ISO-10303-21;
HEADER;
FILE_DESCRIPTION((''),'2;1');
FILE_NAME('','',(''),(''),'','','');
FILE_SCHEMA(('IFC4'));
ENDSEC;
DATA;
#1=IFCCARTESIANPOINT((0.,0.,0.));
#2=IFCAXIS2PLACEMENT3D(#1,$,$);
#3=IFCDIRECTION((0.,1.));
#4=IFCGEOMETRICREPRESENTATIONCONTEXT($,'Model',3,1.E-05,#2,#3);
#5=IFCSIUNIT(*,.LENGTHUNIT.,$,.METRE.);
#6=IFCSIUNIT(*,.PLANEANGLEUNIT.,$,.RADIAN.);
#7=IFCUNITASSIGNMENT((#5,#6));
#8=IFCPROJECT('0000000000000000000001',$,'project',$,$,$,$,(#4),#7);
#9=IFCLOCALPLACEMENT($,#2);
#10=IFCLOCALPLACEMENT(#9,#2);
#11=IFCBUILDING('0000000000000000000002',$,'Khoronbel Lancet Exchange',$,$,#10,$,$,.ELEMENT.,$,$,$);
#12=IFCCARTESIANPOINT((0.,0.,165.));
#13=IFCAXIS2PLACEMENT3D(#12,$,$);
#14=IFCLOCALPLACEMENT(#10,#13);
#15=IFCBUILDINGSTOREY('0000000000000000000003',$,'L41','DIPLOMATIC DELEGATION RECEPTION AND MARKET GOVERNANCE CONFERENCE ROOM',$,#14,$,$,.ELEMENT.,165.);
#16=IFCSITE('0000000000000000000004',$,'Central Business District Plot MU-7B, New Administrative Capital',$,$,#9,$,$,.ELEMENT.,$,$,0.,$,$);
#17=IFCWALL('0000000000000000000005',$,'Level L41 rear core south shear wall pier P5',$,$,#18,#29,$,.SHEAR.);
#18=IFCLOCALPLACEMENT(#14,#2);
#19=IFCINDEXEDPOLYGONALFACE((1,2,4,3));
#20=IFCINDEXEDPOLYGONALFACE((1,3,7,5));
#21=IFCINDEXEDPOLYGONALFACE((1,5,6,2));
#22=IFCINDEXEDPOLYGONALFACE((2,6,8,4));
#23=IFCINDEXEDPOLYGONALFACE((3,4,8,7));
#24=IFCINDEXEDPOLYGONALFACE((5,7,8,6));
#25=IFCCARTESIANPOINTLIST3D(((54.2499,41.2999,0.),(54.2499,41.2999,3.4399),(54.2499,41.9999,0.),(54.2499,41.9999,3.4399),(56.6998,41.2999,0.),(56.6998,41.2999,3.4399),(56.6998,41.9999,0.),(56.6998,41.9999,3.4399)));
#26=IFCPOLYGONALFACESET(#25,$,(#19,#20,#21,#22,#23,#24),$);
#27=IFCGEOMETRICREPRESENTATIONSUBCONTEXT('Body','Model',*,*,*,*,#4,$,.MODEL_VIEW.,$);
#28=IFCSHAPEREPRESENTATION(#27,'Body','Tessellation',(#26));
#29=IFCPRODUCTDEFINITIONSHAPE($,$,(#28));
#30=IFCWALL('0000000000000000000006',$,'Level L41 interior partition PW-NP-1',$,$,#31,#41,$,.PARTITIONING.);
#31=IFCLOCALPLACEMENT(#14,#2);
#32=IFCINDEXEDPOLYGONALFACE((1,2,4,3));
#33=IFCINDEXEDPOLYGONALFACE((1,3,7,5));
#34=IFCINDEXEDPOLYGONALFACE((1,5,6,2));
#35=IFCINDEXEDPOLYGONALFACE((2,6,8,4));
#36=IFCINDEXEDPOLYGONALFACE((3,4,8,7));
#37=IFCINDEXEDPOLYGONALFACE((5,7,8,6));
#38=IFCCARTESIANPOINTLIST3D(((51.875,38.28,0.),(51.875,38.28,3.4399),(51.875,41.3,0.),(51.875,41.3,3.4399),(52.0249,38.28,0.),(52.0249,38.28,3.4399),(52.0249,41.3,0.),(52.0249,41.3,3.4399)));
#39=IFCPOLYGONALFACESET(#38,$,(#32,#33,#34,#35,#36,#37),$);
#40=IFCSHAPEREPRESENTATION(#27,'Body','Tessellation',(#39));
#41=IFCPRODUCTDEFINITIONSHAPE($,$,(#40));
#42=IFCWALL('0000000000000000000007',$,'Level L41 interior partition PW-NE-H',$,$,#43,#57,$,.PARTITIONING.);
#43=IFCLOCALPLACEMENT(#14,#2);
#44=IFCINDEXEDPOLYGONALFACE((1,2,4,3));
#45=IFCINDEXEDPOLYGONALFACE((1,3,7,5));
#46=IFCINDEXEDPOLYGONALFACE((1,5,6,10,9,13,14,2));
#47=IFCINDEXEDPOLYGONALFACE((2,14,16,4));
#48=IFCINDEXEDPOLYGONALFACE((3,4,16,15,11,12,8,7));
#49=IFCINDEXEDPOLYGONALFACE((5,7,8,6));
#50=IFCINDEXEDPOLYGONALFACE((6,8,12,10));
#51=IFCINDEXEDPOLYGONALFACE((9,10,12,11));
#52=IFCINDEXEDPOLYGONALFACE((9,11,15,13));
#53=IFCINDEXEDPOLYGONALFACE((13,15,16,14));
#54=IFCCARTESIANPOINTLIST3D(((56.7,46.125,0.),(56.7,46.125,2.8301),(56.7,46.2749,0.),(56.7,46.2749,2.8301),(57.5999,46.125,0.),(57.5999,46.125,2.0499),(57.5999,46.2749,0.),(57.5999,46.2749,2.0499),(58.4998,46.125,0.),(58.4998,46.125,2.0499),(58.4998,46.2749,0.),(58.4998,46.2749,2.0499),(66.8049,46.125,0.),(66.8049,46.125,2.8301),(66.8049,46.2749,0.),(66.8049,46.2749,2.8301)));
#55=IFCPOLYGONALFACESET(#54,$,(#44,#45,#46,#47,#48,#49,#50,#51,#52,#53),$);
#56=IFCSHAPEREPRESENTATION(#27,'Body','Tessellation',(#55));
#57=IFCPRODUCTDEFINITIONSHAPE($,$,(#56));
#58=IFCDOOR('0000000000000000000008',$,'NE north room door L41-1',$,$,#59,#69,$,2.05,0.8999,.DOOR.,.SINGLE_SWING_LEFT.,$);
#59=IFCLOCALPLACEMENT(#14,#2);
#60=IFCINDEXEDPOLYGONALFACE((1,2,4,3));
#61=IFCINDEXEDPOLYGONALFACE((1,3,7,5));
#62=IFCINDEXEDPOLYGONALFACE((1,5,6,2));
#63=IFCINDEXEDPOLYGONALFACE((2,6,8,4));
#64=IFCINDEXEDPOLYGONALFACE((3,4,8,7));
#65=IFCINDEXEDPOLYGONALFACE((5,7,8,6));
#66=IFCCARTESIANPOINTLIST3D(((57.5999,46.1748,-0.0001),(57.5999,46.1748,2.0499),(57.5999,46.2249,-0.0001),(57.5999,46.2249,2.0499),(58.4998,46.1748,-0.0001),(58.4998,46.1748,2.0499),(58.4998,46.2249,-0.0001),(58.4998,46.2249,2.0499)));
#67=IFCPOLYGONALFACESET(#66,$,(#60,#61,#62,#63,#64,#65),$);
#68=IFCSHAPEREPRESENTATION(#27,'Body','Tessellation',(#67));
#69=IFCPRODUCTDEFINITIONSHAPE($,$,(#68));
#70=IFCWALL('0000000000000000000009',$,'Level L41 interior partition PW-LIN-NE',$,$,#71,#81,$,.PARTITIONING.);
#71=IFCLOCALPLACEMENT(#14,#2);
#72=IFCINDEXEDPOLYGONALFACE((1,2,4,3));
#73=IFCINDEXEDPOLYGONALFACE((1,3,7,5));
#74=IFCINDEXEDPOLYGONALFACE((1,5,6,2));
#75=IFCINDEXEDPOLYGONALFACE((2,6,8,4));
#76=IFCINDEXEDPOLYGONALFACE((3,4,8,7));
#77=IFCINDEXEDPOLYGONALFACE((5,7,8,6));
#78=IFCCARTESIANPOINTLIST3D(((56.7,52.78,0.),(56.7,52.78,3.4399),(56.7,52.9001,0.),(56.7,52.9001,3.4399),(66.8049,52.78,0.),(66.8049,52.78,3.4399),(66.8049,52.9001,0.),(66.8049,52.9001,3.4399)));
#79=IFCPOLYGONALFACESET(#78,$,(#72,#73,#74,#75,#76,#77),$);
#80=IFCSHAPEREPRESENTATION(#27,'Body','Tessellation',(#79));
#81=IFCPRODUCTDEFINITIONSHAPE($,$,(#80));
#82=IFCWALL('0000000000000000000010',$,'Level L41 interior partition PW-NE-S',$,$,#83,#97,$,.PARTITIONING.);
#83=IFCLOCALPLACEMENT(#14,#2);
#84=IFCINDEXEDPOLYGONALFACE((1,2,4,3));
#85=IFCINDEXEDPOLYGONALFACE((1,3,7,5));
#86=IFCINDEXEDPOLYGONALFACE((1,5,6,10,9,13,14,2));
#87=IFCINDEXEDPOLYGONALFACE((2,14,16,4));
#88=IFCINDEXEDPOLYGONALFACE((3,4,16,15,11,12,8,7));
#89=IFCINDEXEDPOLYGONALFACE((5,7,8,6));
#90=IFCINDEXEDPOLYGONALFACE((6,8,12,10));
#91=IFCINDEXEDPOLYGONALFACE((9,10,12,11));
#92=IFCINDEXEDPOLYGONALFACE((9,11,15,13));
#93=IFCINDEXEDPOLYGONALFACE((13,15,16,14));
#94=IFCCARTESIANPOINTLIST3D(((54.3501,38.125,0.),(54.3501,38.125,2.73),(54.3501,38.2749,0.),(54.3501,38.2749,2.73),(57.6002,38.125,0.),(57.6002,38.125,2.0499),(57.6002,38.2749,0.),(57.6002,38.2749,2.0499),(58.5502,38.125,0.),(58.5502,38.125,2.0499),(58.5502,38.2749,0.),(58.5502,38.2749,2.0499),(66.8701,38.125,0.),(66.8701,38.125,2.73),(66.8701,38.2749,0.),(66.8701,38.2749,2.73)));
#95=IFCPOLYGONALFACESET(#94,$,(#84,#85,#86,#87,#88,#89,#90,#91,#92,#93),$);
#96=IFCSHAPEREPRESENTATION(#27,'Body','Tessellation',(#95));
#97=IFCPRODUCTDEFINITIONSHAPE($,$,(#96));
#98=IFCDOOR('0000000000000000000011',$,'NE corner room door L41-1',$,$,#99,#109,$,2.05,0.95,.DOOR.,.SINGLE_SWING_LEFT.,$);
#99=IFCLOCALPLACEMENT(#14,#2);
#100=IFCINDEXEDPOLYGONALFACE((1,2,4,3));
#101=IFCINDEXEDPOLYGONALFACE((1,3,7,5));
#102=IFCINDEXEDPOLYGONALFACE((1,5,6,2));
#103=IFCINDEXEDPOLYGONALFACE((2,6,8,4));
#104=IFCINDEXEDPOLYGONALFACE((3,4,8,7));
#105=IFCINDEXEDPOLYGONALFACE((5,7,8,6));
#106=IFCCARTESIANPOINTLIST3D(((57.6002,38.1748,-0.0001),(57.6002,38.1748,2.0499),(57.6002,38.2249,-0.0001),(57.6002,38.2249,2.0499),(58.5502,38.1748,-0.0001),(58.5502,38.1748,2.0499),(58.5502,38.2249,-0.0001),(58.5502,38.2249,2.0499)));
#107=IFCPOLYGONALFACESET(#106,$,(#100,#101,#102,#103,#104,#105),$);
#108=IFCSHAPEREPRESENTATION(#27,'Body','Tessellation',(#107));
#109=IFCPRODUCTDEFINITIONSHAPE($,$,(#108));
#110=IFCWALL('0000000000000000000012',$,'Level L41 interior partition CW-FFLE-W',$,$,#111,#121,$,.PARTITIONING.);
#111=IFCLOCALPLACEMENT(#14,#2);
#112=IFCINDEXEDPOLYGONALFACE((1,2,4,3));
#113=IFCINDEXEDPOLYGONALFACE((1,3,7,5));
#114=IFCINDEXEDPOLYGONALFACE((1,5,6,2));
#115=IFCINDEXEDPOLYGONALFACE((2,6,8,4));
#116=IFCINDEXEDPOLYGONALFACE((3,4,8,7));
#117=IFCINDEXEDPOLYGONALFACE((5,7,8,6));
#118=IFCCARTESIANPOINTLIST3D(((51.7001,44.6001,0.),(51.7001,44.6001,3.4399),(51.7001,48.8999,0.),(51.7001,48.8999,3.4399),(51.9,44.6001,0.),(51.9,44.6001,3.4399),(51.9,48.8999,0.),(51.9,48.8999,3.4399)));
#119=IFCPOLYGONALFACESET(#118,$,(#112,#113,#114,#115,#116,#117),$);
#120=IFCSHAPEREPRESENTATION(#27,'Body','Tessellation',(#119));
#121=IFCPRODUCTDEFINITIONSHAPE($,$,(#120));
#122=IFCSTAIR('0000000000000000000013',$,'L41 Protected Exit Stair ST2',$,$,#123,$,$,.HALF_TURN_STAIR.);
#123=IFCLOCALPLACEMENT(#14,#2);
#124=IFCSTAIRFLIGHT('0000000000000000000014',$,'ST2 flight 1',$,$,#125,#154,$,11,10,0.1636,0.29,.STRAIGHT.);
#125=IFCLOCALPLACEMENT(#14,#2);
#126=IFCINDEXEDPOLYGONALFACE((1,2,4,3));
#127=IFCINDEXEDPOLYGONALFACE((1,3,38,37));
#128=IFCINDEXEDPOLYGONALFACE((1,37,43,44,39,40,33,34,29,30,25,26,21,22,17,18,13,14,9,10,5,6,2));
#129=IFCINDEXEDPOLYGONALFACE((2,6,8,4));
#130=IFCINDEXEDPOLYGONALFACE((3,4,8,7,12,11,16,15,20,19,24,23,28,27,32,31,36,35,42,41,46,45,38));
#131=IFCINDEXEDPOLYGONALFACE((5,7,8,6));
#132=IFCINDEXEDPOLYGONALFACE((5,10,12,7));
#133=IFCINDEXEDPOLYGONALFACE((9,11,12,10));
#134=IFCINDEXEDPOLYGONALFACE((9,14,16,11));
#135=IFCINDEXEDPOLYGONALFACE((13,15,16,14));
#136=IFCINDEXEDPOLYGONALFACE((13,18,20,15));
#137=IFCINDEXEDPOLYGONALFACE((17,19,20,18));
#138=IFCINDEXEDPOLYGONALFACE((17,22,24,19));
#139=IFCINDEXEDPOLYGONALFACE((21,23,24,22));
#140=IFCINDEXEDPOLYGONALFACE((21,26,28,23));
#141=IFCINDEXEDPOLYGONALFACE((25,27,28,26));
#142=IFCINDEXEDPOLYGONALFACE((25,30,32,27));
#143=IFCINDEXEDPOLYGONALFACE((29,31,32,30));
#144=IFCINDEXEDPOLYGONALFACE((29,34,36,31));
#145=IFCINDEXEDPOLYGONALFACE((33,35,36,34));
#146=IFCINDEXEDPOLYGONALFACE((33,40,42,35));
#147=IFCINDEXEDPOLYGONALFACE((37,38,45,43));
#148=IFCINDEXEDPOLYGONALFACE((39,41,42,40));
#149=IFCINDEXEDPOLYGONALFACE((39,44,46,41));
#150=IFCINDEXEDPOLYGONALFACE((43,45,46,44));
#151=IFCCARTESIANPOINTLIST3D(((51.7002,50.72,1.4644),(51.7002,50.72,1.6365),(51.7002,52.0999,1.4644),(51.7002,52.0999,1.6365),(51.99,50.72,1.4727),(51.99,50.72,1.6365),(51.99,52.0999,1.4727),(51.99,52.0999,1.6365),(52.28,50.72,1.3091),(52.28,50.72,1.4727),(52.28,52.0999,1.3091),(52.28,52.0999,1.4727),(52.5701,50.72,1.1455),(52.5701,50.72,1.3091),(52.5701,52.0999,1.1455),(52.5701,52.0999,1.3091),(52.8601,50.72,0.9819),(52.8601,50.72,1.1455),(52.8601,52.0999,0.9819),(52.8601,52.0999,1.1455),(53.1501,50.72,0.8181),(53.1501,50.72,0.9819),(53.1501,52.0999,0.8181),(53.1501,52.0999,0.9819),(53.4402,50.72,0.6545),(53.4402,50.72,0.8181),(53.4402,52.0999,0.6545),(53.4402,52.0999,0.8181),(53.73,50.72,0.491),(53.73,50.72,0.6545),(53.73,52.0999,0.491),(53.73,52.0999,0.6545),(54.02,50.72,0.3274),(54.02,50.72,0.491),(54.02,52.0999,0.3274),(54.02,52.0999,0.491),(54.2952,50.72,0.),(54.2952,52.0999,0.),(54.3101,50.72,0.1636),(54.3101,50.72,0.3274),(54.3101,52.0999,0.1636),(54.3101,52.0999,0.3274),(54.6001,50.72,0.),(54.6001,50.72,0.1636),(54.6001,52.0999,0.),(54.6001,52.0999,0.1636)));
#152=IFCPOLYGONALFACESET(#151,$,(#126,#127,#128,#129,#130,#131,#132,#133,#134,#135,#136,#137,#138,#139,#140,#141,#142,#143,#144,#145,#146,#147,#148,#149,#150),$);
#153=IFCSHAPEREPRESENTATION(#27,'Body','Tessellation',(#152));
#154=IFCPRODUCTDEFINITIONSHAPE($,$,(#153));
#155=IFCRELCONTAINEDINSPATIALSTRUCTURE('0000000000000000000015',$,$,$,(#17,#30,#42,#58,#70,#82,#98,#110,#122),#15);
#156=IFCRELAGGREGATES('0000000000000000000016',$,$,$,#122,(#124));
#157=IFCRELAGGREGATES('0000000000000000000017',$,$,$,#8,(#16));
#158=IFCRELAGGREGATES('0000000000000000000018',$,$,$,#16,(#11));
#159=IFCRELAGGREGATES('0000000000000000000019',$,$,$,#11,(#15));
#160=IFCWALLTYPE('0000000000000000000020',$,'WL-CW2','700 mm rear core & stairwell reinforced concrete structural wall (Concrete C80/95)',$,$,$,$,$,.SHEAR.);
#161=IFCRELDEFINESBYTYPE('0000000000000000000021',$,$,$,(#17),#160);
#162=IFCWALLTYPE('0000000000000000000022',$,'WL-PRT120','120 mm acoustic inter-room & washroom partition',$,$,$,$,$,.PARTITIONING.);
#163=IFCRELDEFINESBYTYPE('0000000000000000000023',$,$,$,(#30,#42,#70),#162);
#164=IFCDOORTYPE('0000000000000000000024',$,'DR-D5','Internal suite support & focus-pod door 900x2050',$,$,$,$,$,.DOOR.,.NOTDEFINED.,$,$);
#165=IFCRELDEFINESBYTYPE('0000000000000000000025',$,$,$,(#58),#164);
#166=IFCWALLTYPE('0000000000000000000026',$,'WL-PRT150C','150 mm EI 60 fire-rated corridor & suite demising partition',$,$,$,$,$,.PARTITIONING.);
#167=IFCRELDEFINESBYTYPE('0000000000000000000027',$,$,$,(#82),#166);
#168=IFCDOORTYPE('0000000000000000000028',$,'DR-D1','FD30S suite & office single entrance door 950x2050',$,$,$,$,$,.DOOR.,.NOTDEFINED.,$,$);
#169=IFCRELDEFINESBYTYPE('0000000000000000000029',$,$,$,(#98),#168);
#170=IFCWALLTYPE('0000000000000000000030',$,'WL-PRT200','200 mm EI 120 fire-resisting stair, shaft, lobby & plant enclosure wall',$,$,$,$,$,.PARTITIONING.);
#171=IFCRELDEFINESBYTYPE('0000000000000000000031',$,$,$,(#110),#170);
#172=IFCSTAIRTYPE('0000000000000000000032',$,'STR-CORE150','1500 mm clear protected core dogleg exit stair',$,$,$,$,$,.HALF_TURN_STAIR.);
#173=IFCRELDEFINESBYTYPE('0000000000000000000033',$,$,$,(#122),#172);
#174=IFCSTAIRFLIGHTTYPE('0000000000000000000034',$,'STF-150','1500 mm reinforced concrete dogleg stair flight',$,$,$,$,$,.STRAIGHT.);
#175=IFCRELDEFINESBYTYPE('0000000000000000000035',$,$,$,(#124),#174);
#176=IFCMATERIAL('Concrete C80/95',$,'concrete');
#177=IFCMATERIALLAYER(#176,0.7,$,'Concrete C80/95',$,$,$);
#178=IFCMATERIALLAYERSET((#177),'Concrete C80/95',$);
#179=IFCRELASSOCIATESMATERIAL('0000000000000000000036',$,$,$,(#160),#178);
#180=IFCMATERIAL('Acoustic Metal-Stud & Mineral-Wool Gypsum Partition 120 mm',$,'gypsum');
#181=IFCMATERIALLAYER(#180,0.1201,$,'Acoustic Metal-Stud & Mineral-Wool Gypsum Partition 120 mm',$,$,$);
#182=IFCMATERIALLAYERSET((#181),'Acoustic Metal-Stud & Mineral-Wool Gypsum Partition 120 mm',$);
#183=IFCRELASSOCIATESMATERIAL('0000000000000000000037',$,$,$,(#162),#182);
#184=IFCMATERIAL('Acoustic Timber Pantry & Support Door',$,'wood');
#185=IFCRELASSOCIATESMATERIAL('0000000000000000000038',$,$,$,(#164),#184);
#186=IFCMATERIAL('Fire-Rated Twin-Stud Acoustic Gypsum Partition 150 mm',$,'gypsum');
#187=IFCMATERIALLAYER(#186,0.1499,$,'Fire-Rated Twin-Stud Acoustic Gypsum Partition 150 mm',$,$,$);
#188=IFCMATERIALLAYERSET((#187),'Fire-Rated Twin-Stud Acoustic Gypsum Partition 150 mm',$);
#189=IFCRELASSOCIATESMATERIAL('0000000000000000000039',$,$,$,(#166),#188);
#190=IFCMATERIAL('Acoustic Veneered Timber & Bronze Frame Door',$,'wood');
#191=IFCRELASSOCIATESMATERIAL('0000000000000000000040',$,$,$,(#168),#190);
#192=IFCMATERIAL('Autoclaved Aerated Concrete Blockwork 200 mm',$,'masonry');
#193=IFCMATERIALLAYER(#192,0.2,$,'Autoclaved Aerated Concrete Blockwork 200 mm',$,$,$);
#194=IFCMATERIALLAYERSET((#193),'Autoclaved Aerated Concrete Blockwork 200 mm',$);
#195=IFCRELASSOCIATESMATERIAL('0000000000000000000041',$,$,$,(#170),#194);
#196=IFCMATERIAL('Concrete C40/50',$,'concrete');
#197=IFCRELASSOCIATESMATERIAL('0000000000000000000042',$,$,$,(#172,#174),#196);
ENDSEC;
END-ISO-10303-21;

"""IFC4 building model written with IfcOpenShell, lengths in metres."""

from ifc_helpers import new_model, si_unit, direction, frame, frame_2d, origin, place, context, subcontext, project, spatial, polyline, rectangle, outline, extrude, material, layer, layer_set, type_object, element, fill, aggregate, save


model = new_model("IFC4")

# Units and contexts
model_context = context("Model", 3, precision=1e-05, world=origin(), true_north=direction((0.0, 1.0)))
body_context = subcontext(model_context, "Body", "Model", "MODEL_VIEW")
ifc_project = project(units=[si_unit("LENGTHUNIT", "METRE"), si_unit("PLANEANGLEUNIT", "RADIAN")], contexts=[model_context])

# Site, building, storey
site_placement = place(None, origin())
site = spatial("IfcSite", under=ifc_project, at=site_placement, Name="Central Business District Plot MU-7B, New Administrative Capital", CompositionType="ELEMENT", RefElevation=0.0)
building_placement = place(site_placement, origin())
building = spatial("IfcBuilding", under=site, at=building_placement, Name="Khoronbel Lancet Exchange", CompositionType="ELEMENT")
storey_placement = place(building_placement, frame((0.0, 0.0, 165.0)))
storey = spatial("IfcBuildingStorey", under=building, at=storey_placement, Name="L41", Description="DIPLOMATIC DELEGATION RECEPTION AND MARKET GOVERNANCE CONFERENCE ROOM", CompositionType="ELEMENT", Elevation=165.0)

# Shared definitions
ifc_material_1 = material(Name="Concrete C80/95", Category="concrete")

# Walls
ifc_layer_1 = layer(ifc_material_1, 0.7, Name="Concrete C80/95")
ifc_layer_set_1 = layer_set([ifc_layer_1], Name="Concrete C80/95")
wall_type_1 = type_object("IfcWallType", Name="WL-CW2", Description="700 mm rear core & stairwell reinforced concrete structural wall (Concrete C80/95)", PredefinedType="SHEAR", material=ifc_layer_set_1)
wall_1_placement = place(storey_placement, frame((56.7, 41.6499, 0.0), z_axis=(0.0, 0.0, 1.0), x_axis=(-1.0, 0.0, 0.0)))
element("IfcWall", 1, at=wall_1_placement, inside=storey, type_object=wall_type_1, Name="Level L41 rear core south shear wall pier P5", PredefinedType="SHEAR", context=body_context, shape_type="SweptSolid", body=[
    extrude(rectangle(XDim=2.45, YDim=0.7, at=frame_2d((1.2251, 0.0))), origin(), (0.0, 0.0, 1.0), 3.4399),
])
ifc_material_2 = material(Name="Acoustic Metal-Stud & Mineral-Wool Gypsum Partition 120 mm", Category="gypsum")
ifc_layer_2 = layer(ifc_material_2, 0.1201, Name="Acoustic Metal-Stud & Mineral-Wool Gypsum Partition 120 mm")
ifc_layer_set_2 = layer_set([ifc_layer_2], Name="Acoustic Metal-Stud & Mineral-Wool Gypsum Partition 120 mm")
wall_type_2 = type_object("IfcWallType", Name="WL-PRT120", Description="120 mm acoustic inter-room & washroom partition", PredefinedType="PARTITIONING", material=ifc_layer_set_2)
wall_2_placement = place(storey_placement, frame((51.95, 38.28, 0.0), z_axis=(0.0, 0.0, 1.0), x_axis=(0.0, 1.0, 0.0)))
element("IfcWall", 2, at=wall_2_placement, inside=storey, type_object=wall_type_2, Name="Level L41 interior partition PW-NP-1", PredefinedType="PARTITIONING", context=body_context, shape_type="SweptSolid", body=[
    extrude(rectangle(XDim=3.02, YDim=0.1499, at=frame_2d((1.51, 0.0))), origin(), (0.0, 0.0, 1.0), 3.4399),
])

# Wall, opening, door
wall_3_placement = place(storey_placement, frame((56.7, 46.2, 0.0), z_axis=(0.0, 0.0, 1.0), x_axis=(1.0, 0.0, 0.0)))
wall_3 = element("IfcWall", 3, at=wall_3_placement, inside=storey, type_object=wall_type_2, Name="Level L41 interior partition PW-NE-H", PredefinedType="PARTITIONING", context=body_context, shape_type="SweptSolid", body=[
    extrude(rectangle(XDim=10.105, YDim=0.1499, at=frame_2d((5.0525, 0.0))), origin(), (0.0, 0.0, 1.0), 2.8301),
])
opening_1_placement = place(wall_3_placement, frame((0.8999, 0.0, 0.0)))
opening_1 = element("IfcOpeningElement", 4, at=opening_1_placement, cuts=wall_3, PredefinedType="OPENING", context=body_context, shape_type="SweptSolid", body=[
    extrude(rectangle(XDim=0.8999, YDim=2.05, at=frame_2d((0.45, 1.0249))), frame((0.0, 0.085, 0.0), z_axis=(0.0, -1.0, 0.0), x_axis=(1.0, 0.0, 0.0)), (0.0, 0.0, 1.0), 0.1699),
])
ifc_material_3 = material(Name="Acoustic Timber Pantry & Support Door", Category="wood")
door_type_1 = type_object("IfcDoorType", Name="DR-D5", Description="Internal suite support & focus-pod door 900x2050", OperationType="NOTDEFINED", PredefinedType="DOOR", material=ifc_material_3)
door_1_placement = place(opening_1_placement, origin())
door_1 = element("IfcDoor", 5, at=door_1_placement, inside=storey, type_object=door_type_1, Name="NE north room door L41-1", OperationType="SINGLE_SWING_LEFT", OverallHeight=2.05, OverallWidth=0.8999, PredefinedType="DOOR", context=body_context, shape_type="SweptSolid", body=[
    extrude(rectangle(XDim=0.8999, YDim=2.05, at=frame_2d((0.45, 1.0249))), frame((0.0, 0.0249, 0.0), z_axis=(0.0, -1.0, 0.0), x_axis=(1.0, 0.0, 0.0)), (0.0, 0.0, 1.0), 0.05),
])
fill(opening_1, door_1)

# Wall
wall_4_placement = place(storey_placement, frame((56.7, 52.8401, 0.0), z_axis=(0.0, 0.0, 1.0), x_axis=(1.0, 0.0, 0.0)))
element("IfcWall", 6, at=wall_4_placement, inside=storey, type_object=wall_type_2, Name="Level L41 interior partition PW-LIN-NE", PredefinedType="PARTITIONING", context=body_context, shape_type="SweptSolid", body=[
    extrude(rectangle(XDim=10.105, YDim=0.1201, at=frame_2d((5.0525, 0.0))), origin(), (0.0, 0.0, 1.0), 3.4399),
])

# Wall, opening, door
ifc_material_4 = material(Name="Fire-Rated Twin-Stud Acoustic Gypsum Partition 150 mm", Category="gypsum")
ifc_layer_3 = layer(ifc_material_4, 0.1499, Name="Fire-Rated Twin-Stud Acoustic Gypsum Partition 150 mm")
ifc_layer_set_3 = layer_set([ifc_layer_3], Name="Fire-Rated Twin-Stud Acoustic Gypsum Partition 150 mm")
wall_type_3 = type_object("IfcWallType", Name="WL-PRT150C", Description="150 mm EI 60 fire-rated corridor & suite demising partition", PredefinedType="PARTITIONING", material=ifc_layer_set_3)
wall_5_placement = place(storey_placement, frame((54.3501, 38.2, 0.0), z_axis=(0.0, 0.0, 1.0), x_axis=(1.0, 0.0, 0.0)))
wall_5 = element("IfcWall", 7, at=wall_5_placement, inside=storey, type_object=wall_type_3, Name="Level L41 interior partition PW-NE-S", PredefinedType="PARTITIONING", context=body_context, shape_type="SweptSolid", body=[
    extrude(rectangle(XDim=12.52, YDim=0.1499, at=frame_2d((6.26, 0.0))), origin(), (0.0, 0.0, 1.0), 2.73),
])
opening_2_placement = place(wall_5_placement, frame((3.25, 0.0, 0.0)))
opening_2 = element("IfcOpeningElement", 8, at=opening_2_placement, cuts=wall_5, PredefinedType="OPENING", context=body_context, shape_type="SweptSolid", body=[
    extrude(rectangle(XDim=0.95, YDim=2.05, at=frame_2d((0.4751, 1.0249))), frame((0.0, 0.085, 0.0), z_axis=(0.0, -1.0, 0.0), x_axis=(1.0, 0.0, 0.0)), (0.0, 0.0, 1.0), 0.1699),
])
ifc_material_5 = material(Name="Acoustic Veneered Timber & Bronze Frame Door", Category="wood")
door_type_2 = type_object("IfcDoorType", Name="DR-D1", Description="FD30S suite & office single entrance door 950x2050", OperationType="NOTDEFINED", PredefinedType="DOOR", material=ifc_material_5)
door_2_placement = place(opening_2_placement, origin())
door_2 = element("IfcDoor", 9, at=door_2_placement, inside=storey, type_object=door_type_2, Name="NE corner room door L41-1", OperationType="SINGLE_SWING_LEFT", OverallHeight=2.05, OverallWidth=0.95, PredefinedType="DOOR", context=body_context, shape_type="SweptSolid", body=[
    extrude(rectangle(XDim=0.95, YDim=2.05, at=frame_2d((0.4751, 1.0249))), frame((0.0, 0.0249, 0.0), z_axis=(0.0, -1.0, 0.0), x_axis=(1.0, 0.0, 0.0)), (0.0, 0.0, 1.0), 0.05),
])
fill(opening_2, door_2)

# Wall
ifc_material_6 = material(Name="Autoclaved Aerated Concrete Blockwork 200 mm", Category="masonry")
ifc_layer_4 = layer(ifc_material_6, 0.2, Name="Autoclaved Aerated Concrete Blockwork 200 mm")
ifc_layer_set_4 = layer_set([ifc_layer_4], Name="Autoclaved Aerated Concrete Blockwork 200 mm")
wall_type_4 = type_object("IfcWallType", Name="WL-PRT200", Description="200 mm EI 120 fire-resisting stair, shaft, lobby & plant enclosure wall", PredefinedType="PARTITIONING", material=ifc_layer_set_4)
wall_6_placement = place(storey_placement, frame((51.8, 44.6001, 0.0), z_axis=(0.0, 0.0, 1.0), x_axis=(0.0, 1.0, 0.0)))
element("IfcWall", 10, at=wall_6_placement, inside=storey, type_object=wall_type_4, Name="Level L41 interior partition CW-FFLE-W", PredefinedType="PARTITIONING", context=body_context, shape_type="SweptSolid", body=[
    extrude(rectangle(XDim=4.2998, YDim=0.2, at=frame_2d((2.1499, 0.0))), origin(), (0.0, 0.0, 1.0), 3.4399),
])

# Stair, stair flight
ifc_material_7 = material(Name="Concrete C40/50", Category="concrete")
stair_type = type_object("IfcStairType", Name="STR-CORE150", Description="1500 mm clear protected core dogleg exit stair", PredefinedType="HALF_TURN_STAIR", material=ifc_material_7)
stair_placement = place(storey_placement, origin())
stair = element("IfcStair", 11, at=stair_placement, inside=storey, type_object=stair_type, Name="L41 Protected Exit Stair ST2", PredefinedType="HALF_TURN_STAIR")
stair_flight_type = type_object("IfcStairFlightType", Name="STF-150", Description="1500 mm reinforced concrete dogleg stair flight", PredefinedType="STRAIGHT", material=ifc_material_7)
stair_flight_placement = place(storey_placement, frame((54.6001, 51.4099, 0.0), z_axis=(0.0, 0.0, 1.0), x_axis=(-1.0, 0.0, 0.0)))
stair_flight = element("IfcStairFlight", 12, at=stair_flight_placement, type_object=stair_flight_type, Name="ST2 flight 1", NumberOfRisers=11, NumberOfTreads=10, PredefinedType="STRAIGHT", RiserHeight=0.1636, TreadLength=0.29, context=body_context, shape_type="SweptSolid", body=[
    extrude(outline(polyline([(0.0, 0.0), (0.0, 0.1636), (0.29, 0.1636), (0.29, 0.3274), (0.5801, 0.3274), (0.5801, 0.491), (0.8701, 0.491), (0.8701, 0.6545), (1.1599, 0.6545), (1.1599, 0.8181), (1.45, 0.8181), (1.45, 0.9819), (1.74, 0.9819), (1.74, 1.1455), (2.03, 1.1455), (2.03, 1.3091), (2.3201, 1.3091), (2.3201, 1.4727), (2.6101, 1.4727), (2.6101, 1.6365), (2.8999, 1.6365), (2.8999, 1.8), (2.8999, 1.4644), (0.3049, 0.0), (0.0, 0.0)])), frame((0.0, 0.6899, 0.0), z_axis=(0.0, -1.0, 0.0), x_axis=(1.0, 0.0, 0.0)), (0.0, 0.0, 1.0), 1.3799),
])
aggregate(stair, [stair_flight])

save(model, "model.ifc")
